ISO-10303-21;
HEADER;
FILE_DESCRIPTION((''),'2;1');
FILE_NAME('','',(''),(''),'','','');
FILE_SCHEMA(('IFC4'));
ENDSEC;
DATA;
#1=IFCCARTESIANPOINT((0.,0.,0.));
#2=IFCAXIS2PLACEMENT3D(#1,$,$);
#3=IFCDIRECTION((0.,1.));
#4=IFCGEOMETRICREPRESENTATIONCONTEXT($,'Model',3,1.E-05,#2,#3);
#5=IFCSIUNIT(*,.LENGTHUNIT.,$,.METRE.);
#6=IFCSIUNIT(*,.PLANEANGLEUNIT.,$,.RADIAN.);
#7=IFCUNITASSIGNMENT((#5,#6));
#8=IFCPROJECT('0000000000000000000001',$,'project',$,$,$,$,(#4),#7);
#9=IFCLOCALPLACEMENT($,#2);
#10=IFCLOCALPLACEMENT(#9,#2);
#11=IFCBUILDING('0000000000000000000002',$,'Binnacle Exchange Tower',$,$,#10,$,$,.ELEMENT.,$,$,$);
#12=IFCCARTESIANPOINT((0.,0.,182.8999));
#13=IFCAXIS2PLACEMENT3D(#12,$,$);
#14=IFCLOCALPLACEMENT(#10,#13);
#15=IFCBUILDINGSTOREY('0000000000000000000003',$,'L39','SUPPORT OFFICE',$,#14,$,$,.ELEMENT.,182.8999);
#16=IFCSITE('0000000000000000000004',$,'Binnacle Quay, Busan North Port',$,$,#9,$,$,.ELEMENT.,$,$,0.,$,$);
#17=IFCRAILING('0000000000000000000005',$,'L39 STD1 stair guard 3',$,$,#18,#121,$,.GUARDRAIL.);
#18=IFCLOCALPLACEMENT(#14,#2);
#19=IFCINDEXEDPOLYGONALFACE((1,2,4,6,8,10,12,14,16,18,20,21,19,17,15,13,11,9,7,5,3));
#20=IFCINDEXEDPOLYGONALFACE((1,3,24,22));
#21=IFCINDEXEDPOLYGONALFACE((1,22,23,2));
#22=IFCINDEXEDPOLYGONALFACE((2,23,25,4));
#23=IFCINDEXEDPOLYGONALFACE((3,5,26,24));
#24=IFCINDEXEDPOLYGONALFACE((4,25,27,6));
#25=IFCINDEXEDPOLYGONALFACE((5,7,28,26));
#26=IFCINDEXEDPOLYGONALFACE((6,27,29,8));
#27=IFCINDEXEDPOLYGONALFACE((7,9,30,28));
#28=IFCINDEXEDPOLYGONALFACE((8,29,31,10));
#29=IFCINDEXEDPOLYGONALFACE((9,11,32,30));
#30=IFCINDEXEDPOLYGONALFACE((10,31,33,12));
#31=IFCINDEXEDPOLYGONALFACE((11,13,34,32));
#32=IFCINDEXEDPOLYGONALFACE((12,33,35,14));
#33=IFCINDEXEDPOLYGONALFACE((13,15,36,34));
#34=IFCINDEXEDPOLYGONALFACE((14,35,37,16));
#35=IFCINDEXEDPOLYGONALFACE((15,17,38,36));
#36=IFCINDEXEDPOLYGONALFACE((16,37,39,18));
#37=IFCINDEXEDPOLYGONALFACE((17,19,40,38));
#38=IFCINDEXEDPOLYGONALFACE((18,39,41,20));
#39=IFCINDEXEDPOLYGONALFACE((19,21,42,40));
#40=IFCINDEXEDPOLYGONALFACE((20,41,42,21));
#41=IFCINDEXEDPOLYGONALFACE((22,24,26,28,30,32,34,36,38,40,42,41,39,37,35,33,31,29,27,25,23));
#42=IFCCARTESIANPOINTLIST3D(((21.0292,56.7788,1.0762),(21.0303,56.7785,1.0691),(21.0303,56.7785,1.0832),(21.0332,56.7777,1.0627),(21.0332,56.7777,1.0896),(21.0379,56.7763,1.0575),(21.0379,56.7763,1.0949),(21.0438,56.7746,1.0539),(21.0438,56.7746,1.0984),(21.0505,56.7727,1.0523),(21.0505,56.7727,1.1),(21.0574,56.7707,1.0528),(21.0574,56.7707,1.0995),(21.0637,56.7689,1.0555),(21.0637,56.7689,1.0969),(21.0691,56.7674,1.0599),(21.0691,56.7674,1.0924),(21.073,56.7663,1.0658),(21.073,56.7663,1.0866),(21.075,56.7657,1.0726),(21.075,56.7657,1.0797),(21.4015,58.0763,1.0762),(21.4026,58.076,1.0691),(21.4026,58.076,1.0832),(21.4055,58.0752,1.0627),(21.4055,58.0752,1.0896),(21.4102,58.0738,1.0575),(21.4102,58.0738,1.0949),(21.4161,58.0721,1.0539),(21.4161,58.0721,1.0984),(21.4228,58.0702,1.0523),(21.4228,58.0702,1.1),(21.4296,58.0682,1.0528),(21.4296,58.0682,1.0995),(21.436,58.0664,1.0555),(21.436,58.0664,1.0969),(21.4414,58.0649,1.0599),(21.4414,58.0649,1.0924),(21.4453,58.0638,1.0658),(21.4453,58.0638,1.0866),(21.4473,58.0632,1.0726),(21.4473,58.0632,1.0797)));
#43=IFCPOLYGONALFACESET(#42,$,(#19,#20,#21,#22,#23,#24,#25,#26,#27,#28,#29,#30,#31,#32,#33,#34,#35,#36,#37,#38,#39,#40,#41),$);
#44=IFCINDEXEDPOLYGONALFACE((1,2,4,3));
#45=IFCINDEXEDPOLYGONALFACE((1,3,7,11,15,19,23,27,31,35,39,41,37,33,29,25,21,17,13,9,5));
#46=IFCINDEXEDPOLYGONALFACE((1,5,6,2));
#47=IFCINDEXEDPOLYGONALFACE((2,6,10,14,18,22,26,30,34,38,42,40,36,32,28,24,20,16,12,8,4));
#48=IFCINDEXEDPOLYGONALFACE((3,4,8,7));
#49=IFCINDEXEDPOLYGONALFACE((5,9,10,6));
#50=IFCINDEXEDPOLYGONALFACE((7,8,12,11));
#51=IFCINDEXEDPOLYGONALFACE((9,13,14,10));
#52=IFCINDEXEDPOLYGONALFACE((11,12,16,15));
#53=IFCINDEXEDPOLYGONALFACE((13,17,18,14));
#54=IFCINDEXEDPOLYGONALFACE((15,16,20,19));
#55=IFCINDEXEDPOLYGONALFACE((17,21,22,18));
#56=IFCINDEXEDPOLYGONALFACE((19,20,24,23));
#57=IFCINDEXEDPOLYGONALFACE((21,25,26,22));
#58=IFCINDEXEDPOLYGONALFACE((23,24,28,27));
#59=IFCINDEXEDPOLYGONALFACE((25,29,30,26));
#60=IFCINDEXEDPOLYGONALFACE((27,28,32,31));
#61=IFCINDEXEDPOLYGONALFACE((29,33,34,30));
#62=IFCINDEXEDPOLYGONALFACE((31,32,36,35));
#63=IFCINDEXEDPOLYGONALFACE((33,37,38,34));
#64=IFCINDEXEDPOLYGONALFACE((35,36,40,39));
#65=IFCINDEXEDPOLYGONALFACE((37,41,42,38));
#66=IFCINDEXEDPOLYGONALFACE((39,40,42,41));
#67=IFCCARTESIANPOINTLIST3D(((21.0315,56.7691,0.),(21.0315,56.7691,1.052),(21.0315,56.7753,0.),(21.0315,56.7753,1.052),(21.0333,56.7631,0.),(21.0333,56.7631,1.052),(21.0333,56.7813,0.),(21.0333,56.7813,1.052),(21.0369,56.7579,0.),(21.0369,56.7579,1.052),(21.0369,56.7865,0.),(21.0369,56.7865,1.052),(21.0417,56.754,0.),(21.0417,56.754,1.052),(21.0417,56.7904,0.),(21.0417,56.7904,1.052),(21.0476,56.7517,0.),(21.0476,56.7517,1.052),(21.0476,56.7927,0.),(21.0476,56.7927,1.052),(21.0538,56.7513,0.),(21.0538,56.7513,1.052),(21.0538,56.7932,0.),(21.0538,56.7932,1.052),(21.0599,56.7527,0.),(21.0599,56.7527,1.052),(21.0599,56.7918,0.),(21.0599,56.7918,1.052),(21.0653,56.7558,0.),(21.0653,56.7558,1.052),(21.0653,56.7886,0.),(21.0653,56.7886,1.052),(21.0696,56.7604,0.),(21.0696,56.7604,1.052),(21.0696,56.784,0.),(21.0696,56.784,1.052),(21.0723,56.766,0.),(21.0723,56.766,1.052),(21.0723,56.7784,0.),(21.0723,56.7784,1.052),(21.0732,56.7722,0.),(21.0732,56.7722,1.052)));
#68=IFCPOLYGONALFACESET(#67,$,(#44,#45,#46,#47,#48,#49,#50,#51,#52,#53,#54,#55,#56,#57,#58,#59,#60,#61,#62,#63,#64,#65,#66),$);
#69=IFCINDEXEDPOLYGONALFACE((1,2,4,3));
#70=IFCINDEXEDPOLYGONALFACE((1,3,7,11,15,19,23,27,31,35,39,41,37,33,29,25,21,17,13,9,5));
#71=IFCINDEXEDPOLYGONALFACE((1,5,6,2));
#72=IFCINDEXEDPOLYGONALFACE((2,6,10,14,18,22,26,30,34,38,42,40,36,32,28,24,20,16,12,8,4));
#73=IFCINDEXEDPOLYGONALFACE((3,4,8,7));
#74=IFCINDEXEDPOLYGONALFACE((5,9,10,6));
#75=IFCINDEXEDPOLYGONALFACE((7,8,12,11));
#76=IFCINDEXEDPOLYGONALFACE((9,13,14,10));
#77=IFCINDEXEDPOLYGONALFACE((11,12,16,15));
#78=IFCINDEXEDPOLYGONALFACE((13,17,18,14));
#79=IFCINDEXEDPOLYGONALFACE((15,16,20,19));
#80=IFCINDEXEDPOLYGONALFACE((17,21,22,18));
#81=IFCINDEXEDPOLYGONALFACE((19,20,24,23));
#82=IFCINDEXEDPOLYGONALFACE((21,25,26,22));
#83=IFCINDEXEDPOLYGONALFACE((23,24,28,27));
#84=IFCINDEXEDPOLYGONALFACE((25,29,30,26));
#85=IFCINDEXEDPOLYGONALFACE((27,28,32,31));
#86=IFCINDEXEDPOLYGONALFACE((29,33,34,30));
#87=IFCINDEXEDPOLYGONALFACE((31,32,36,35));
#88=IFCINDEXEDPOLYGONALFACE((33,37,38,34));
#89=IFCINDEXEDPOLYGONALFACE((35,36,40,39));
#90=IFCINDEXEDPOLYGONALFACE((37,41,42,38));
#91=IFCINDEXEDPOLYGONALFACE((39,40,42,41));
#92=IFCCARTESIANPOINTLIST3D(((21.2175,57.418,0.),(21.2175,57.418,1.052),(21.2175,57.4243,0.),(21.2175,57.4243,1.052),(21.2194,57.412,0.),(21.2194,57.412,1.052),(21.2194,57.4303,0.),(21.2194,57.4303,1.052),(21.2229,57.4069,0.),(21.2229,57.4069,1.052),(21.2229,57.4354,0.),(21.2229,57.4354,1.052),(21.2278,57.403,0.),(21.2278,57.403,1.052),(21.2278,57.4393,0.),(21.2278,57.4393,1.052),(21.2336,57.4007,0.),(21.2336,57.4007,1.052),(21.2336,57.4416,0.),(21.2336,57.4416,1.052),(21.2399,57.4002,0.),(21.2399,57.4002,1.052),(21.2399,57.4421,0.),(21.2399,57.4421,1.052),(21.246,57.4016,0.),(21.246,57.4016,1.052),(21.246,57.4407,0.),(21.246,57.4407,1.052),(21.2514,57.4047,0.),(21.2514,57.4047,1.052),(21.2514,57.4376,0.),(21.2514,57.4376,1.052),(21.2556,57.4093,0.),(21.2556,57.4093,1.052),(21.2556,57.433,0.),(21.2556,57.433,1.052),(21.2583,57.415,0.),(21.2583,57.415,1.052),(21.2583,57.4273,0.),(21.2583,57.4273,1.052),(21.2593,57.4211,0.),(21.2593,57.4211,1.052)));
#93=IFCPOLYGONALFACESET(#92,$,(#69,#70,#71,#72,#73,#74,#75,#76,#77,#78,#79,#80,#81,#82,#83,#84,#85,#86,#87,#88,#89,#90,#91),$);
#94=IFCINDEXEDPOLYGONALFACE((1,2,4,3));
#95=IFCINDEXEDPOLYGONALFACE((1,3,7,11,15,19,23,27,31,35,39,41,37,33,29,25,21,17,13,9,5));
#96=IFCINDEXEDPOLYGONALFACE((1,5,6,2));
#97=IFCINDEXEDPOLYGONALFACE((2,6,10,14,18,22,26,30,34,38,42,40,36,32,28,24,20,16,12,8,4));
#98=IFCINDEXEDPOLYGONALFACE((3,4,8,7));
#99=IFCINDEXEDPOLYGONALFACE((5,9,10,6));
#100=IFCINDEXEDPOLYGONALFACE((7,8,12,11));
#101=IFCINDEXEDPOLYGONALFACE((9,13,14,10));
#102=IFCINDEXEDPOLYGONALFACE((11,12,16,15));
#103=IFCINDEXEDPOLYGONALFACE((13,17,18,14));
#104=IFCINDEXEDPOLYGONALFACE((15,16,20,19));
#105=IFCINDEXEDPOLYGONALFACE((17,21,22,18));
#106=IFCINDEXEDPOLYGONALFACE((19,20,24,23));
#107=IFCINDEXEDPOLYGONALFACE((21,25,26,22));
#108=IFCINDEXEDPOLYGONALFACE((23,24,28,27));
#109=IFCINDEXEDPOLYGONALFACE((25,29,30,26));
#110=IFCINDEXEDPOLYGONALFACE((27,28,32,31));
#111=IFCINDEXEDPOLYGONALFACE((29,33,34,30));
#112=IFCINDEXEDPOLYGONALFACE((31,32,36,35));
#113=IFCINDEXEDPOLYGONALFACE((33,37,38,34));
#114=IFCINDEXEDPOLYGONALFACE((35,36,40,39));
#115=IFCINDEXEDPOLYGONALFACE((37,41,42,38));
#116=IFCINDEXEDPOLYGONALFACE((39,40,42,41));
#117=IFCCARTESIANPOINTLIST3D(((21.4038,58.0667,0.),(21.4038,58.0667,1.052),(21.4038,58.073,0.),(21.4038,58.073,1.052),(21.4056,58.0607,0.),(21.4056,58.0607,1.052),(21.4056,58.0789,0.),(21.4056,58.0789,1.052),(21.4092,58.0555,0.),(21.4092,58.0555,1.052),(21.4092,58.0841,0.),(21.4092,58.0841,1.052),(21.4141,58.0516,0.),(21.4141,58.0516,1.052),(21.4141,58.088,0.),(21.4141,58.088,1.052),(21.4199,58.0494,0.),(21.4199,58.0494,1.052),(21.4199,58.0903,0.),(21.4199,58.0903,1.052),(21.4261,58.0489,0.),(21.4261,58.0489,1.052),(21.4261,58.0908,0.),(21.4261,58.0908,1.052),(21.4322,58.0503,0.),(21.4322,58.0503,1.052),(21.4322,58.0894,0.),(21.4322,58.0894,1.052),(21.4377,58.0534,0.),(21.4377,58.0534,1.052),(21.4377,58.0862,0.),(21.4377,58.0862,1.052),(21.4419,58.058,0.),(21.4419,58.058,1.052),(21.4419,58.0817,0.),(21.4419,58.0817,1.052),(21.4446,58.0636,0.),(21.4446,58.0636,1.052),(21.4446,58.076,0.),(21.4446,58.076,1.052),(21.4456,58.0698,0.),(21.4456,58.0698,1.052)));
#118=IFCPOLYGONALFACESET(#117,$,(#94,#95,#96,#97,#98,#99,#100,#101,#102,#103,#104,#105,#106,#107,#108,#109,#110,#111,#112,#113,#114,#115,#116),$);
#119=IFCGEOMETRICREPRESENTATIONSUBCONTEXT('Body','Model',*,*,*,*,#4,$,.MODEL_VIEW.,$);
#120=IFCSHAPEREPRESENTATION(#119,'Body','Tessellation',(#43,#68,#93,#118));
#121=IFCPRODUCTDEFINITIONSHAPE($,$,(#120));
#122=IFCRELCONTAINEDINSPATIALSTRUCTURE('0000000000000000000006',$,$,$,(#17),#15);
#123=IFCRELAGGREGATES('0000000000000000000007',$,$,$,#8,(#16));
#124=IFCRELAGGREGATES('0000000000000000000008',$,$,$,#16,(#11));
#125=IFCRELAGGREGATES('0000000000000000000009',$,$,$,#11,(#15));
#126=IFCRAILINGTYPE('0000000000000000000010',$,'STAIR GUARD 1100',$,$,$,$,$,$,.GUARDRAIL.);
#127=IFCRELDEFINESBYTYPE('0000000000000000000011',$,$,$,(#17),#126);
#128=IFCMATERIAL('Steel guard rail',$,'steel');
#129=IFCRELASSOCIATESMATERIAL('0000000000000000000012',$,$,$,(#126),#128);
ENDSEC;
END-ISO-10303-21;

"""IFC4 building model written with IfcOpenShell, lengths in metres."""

from ifc_helpers import new_model, si_unit, direction, frame, origin, origin_2d, place, context, subcontext, project, spatial, circle, extrude, material, type_object, element, save


model = new_model("IFC4")

# Units and contexts
model_context = context("Model", 3, precision=1e-05, world=origin(), true_north=direction((0.0, 1.0)))
body_context = subcontext(model_context, "Body", "Model", "MODEL_VIEW")
ifc_project = project(units=[si_unit("LENGTHUNIT", "METRE"), si_unit("PLANEANGLEUNIT", "RADIAN")], contexts=[model_context])

# Site, building, storey
site_placement = place(None, origin())
site = spatial("IfcSite", under=ifc_project, at=site_placement, Name="Binnacle Quay, Busan North Port", CompositionType="ELEMENT", RefElevation=0.0)
building_placement = place(site_placement, origin())
building = spatial("IfcBuilding", under=site, at=building_placement, Name="Binnacle Exchange Tower", CompositionType="ELEMENT")
storey_placement = place(building_placement, frame((0.0, 0.0, 182.8999)))
storey = spatial("IfcBuildingStorey", under=building, at=storey_placement, Name="L39", Description="SUPPORT OFFICE", CompositionType="ELEMENT", Elevation=182.8999)

# Railing
ifc_material_1 = material(Name="Steel guard rail", Category="steel")
railing_type_1 = type_object("IfcRailingType", Name="STAIR GUARD 1100", PredefinedType="GUARDRAIL", material=ifc_material_1)
railing_1_placement = place(storey_placement, frame((21.0522, 56.7722, 0.0)))
element("IfcRailing", 1, at=railing_1_placement, inside=storey, type_object=railing_type_1, Name="L39 STD1 stair guard 3", PredefinedType="GUARDRAIL", context=body_context, shape_type="SweptSolid", body=[
    extrude(circle(Radius=0.0239, at=origin_2d()), frame((0.0, 0.0, 1.0762), z_axis=(0.275796, 0.961216, 0.0), x_axis=(-0.961216, 0.275796, 0.0)), (0.0, 0.0, 1.0), 1.3499),
    extrude(circle(Radius=0.021, at=origin_2d()), origin(), (0.0, 0.0, 1.0), 1.052),
    extrude(circle(Radius=0.021, at=origin_2d()), frame((0.186, 0.6489, 0.0)), (0.0, 0.0, 1.0), 1.052),
    extrude(circle(Radius=0.021, at=origin_2d()), frame((0.3723, 1.2976, 0.0)), (0.0, 0.0, 1.0), 1.052),
])

save(model, "model.ifc")
